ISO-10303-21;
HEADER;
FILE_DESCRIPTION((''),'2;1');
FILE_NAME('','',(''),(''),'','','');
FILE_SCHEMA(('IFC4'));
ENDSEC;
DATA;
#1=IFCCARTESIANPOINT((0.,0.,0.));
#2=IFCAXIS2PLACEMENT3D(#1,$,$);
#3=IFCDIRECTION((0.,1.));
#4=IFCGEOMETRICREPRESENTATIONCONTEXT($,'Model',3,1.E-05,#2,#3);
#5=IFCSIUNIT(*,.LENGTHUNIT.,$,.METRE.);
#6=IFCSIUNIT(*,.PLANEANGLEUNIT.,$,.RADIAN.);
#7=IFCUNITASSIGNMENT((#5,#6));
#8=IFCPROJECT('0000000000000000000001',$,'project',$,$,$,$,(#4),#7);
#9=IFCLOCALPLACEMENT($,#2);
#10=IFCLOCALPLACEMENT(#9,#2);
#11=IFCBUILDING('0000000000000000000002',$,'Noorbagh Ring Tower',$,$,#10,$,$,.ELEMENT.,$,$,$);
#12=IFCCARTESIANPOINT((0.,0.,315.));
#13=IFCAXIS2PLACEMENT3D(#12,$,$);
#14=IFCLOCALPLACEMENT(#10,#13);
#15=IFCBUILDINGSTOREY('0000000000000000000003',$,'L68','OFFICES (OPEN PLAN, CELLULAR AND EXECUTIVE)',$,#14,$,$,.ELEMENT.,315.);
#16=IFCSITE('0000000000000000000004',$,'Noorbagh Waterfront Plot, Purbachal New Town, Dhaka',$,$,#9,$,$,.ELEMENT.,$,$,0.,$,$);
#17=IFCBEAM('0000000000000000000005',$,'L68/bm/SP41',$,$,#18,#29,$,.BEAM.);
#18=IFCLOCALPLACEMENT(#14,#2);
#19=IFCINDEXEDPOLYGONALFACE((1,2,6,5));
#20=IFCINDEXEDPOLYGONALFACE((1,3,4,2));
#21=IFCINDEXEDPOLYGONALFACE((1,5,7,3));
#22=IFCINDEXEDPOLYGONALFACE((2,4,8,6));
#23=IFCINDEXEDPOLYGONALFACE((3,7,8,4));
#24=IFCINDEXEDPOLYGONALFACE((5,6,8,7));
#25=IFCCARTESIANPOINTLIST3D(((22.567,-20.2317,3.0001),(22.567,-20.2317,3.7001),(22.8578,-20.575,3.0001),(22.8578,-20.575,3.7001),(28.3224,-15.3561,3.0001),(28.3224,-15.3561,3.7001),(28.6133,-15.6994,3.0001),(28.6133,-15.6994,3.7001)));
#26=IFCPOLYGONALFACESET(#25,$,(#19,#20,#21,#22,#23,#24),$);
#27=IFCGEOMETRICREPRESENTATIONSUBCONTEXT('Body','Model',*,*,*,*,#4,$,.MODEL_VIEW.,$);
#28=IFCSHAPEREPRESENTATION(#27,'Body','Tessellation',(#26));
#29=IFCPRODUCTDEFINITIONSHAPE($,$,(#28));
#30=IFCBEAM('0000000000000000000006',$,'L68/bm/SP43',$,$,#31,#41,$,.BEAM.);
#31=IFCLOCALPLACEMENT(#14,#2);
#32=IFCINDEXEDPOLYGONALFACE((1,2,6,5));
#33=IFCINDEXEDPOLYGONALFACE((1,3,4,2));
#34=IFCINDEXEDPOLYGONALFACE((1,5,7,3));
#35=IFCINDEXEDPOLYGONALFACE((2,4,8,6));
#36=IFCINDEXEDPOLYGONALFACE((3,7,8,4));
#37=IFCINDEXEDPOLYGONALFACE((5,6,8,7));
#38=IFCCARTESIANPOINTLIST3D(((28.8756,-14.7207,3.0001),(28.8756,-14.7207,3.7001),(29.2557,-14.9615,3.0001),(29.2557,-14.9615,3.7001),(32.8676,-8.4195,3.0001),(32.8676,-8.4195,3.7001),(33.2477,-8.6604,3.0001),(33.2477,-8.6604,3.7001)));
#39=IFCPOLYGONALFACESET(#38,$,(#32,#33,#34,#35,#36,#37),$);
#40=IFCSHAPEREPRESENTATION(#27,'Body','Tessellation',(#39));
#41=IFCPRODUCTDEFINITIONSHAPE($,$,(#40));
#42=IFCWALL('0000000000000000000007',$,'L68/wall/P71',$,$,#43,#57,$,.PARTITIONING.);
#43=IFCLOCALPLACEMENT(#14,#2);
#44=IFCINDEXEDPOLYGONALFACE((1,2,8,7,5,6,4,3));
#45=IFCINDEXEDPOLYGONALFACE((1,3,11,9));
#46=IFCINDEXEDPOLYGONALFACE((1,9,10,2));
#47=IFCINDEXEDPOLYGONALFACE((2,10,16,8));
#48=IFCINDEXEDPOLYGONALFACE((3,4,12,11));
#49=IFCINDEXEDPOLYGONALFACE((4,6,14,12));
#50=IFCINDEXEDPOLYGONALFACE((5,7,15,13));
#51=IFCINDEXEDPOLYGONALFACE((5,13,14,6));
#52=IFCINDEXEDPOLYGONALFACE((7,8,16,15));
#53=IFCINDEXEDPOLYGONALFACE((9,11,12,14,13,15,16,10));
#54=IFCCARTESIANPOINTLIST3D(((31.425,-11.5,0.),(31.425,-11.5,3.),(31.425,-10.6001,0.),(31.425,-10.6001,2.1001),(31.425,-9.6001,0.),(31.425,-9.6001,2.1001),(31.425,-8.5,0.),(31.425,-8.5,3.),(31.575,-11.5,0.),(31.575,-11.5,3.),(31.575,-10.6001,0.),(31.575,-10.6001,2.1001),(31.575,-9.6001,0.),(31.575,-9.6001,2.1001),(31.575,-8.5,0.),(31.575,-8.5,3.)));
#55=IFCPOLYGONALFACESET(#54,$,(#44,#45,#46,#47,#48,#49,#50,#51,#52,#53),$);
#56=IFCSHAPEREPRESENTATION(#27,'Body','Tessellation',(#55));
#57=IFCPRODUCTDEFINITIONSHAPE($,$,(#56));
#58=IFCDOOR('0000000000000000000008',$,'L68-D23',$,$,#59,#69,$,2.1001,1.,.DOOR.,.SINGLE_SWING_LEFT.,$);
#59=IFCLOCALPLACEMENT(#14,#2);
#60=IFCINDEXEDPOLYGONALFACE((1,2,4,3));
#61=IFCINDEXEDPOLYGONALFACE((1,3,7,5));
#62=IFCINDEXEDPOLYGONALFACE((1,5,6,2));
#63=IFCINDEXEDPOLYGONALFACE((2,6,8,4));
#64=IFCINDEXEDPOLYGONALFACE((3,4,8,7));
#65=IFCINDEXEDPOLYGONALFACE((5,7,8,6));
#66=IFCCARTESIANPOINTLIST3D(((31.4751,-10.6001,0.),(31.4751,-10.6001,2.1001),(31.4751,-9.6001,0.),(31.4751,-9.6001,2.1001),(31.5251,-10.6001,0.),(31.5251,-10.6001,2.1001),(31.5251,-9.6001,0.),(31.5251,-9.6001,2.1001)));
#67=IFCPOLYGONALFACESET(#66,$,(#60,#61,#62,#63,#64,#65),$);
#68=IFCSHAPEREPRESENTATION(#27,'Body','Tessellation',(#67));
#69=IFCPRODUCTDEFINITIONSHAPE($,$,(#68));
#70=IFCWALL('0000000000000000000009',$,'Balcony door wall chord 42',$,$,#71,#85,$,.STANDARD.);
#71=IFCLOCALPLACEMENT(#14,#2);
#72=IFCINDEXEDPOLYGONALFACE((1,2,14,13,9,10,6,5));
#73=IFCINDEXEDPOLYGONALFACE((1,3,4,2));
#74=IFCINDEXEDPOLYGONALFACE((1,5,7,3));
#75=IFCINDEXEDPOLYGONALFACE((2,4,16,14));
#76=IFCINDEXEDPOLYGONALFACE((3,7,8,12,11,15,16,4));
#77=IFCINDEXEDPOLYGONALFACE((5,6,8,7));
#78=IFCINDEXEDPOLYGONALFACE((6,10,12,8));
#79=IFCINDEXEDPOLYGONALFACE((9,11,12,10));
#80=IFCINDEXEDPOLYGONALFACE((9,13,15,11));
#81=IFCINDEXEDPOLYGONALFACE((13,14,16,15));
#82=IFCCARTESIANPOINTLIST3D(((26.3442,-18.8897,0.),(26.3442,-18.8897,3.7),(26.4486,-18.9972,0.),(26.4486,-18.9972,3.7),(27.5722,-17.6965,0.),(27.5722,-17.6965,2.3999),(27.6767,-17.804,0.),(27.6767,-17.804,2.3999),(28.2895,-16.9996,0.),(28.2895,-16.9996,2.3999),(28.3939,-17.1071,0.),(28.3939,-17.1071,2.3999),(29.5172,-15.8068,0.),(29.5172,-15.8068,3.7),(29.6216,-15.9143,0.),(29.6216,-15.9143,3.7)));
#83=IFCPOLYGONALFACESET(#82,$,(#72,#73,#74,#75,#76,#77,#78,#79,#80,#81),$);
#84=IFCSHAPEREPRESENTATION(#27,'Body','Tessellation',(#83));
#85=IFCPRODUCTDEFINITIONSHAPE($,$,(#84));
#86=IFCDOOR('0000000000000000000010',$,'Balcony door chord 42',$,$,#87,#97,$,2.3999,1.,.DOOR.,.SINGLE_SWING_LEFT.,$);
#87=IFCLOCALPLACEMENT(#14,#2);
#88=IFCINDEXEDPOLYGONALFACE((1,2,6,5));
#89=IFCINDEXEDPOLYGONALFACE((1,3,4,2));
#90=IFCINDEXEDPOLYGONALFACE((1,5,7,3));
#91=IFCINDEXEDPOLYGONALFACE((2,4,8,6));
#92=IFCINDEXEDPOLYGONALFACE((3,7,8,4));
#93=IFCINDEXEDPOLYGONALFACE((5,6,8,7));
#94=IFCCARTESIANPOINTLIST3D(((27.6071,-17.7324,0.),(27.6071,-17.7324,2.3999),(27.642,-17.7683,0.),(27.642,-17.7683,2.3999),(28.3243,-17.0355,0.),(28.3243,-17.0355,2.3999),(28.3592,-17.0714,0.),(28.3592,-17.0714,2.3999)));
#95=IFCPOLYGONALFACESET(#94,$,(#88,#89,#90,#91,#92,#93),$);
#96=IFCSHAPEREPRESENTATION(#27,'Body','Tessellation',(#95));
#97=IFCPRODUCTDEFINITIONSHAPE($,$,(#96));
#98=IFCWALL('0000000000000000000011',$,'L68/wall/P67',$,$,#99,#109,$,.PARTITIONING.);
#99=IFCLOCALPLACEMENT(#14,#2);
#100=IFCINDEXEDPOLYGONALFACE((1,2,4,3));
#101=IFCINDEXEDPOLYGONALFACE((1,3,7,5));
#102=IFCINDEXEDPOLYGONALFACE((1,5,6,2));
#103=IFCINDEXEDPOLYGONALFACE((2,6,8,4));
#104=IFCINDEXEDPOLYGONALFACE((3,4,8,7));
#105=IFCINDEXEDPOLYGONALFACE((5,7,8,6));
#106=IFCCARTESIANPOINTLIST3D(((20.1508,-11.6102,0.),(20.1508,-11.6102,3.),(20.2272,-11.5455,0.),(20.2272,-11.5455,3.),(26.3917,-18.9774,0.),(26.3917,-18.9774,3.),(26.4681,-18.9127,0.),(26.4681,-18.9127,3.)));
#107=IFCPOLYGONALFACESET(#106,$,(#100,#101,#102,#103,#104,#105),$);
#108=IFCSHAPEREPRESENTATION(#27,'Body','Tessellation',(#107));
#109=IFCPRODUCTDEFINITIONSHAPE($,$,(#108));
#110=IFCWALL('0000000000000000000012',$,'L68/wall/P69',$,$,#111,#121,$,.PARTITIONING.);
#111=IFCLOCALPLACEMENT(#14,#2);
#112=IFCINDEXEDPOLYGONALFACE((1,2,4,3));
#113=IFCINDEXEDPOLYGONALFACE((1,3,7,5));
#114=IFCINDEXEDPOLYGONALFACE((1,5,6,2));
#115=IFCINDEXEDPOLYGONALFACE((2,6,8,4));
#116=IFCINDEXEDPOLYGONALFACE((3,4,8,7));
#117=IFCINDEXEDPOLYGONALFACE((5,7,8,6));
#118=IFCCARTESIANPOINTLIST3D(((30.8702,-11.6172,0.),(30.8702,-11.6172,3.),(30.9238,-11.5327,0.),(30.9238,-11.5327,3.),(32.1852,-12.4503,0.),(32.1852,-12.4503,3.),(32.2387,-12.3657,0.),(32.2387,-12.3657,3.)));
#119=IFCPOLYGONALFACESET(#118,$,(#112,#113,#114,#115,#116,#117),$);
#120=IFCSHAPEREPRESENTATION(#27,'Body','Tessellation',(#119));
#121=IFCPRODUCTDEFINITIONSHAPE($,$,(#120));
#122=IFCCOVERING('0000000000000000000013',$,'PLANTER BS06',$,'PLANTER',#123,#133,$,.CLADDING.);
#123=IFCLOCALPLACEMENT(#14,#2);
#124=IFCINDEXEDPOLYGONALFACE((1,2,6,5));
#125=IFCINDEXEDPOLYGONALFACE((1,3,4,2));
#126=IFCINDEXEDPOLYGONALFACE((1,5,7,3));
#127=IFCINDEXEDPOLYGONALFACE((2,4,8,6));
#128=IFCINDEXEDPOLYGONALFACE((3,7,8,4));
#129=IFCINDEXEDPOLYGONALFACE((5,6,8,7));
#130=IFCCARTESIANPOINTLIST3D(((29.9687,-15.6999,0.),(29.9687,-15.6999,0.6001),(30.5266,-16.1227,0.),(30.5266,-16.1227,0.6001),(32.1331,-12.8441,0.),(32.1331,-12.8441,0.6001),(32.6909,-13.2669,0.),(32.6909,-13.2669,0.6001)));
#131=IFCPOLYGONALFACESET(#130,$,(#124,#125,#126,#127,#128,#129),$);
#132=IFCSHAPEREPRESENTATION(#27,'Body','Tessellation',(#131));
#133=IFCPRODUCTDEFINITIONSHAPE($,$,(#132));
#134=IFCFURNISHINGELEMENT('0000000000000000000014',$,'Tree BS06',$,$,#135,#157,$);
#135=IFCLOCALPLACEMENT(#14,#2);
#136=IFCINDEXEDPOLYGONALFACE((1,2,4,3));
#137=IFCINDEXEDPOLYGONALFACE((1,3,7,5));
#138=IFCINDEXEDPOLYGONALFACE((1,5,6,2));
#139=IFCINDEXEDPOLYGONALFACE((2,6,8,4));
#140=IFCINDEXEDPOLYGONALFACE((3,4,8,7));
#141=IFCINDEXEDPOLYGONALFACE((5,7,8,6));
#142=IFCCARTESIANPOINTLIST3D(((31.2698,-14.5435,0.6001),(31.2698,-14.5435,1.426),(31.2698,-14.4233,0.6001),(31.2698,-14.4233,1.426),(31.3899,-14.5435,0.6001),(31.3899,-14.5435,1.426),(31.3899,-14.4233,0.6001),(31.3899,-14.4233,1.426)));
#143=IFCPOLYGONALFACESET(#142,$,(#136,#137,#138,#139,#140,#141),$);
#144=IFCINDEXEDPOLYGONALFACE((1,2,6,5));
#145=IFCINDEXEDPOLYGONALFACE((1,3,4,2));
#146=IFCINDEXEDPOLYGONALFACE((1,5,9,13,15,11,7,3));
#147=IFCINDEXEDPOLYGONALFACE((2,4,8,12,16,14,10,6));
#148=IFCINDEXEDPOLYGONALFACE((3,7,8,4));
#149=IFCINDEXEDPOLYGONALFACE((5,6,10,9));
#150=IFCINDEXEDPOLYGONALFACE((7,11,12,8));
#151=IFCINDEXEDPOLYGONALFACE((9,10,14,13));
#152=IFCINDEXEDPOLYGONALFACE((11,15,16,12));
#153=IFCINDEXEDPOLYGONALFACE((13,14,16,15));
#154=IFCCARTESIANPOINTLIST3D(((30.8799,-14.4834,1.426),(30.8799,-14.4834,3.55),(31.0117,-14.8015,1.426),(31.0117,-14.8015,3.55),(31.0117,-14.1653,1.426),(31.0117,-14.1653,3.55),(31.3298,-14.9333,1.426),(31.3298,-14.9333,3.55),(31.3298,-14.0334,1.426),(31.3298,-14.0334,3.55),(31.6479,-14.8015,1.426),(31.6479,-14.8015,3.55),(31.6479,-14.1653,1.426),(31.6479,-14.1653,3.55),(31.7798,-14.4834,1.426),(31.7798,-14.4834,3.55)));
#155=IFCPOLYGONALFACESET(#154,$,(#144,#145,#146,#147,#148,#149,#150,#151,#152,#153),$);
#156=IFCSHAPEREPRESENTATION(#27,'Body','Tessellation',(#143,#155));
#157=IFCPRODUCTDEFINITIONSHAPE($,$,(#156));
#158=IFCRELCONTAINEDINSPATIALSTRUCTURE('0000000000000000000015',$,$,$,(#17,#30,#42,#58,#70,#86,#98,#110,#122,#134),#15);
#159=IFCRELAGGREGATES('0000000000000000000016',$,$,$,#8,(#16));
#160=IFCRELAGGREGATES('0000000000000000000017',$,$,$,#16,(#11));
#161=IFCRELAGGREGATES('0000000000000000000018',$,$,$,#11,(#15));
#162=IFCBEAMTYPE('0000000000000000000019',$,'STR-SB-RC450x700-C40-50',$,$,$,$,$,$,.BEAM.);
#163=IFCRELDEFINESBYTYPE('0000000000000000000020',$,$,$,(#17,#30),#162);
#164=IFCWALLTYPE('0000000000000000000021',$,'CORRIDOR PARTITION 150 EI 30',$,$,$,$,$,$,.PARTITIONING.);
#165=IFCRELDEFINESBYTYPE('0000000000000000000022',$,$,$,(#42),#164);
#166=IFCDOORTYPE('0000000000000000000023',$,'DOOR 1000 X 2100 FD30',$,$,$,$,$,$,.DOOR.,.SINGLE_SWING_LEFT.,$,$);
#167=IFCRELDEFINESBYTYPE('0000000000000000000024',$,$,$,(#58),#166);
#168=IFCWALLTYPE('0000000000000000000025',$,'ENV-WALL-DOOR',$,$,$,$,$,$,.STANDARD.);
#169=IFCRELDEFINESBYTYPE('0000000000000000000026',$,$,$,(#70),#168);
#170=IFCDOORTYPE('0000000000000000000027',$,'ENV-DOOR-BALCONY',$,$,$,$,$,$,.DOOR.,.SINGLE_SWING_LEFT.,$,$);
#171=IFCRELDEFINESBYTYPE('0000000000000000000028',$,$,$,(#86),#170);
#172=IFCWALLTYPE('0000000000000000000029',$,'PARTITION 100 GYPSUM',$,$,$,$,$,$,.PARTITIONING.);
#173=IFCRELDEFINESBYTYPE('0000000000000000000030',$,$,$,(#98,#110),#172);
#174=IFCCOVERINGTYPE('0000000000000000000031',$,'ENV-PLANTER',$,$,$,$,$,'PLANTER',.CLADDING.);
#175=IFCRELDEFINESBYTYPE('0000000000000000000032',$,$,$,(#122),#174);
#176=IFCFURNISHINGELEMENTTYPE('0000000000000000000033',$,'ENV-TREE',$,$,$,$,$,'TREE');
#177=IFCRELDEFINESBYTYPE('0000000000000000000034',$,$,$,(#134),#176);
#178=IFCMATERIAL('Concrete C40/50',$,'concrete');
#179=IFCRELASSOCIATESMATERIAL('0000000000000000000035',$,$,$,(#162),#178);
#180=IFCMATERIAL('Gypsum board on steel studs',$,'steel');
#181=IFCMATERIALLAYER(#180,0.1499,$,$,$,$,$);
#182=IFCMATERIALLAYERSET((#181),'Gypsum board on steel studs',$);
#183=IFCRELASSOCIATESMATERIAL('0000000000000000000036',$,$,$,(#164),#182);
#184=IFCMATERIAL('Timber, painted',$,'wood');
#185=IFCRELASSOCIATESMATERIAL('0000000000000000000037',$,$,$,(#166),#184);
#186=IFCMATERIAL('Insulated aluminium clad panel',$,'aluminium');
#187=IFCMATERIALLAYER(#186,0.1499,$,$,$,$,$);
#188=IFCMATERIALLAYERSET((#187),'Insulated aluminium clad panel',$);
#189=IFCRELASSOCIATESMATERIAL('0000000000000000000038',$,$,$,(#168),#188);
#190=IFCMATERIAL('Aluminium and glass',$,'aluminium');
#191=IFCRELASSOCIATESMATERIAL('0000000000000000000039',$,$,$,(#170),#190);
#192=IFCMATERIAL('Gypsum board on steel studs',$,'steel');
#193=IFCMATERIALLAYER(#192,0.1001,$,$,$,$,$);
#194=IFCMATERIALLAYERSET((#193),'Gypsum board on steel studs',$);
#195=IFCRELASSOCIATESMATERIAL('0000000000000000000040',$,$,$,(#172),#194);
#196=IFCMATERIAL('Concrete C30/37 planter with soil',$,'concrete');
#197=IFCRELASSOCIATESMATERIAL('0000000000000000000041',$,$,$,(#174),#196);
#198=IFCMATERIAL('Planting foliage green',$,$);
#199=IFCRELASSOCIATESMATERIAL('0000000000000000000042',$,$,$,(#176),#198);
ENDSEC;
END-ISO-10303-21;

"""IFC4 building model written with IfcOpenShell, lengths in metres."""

from ifc_helpers import new_model, si_unit, direction, frame, frame_2d, origin, origin_2d, place, context, subcontext, project, spatial, polyline, rectangle, outline, extrude, material, layer, layer_set, material_profile, profile_set, type_object, element, fill, save


model = new_model("IFC4")

# Units and contexts
model_context = context("Model", 3, precision=1e-05, world=origin(), true_north=direction((0.0, 1.0)))
body_context = subcontext(model_context, "Body", "Model", "MODEL_VIEW")
ifc_project = project(units=[si_unit("LENGTHUNIT", "METRE"), si_unit("PLANEANGLEUNIT", "RADIAN")], contexts=[model_context])

# Site, building, storey
site_placement = place(None, origin())
site = spatial("IfcSite", under=ifc_project, at=site_placement, Name="Noorbagh Waterfront Plot, Purbachal New Town, Dhaka", CompositionType="ELEMENT", RefElevation=0.0)
building_placement = place(site_placement, origin())
building = spatial("IfcBuilding", under=site, at=building_placement, Name="Noorbagh Ring Tower", CompositionType="ELEMENT")
storey_placement = place(building_placement, frame((0.0, 0.0, 315.0)))
storey = spatial("IfcBuildingStorey", under=building, at=storey_placement, Name="L68", Description="OFFICES (OPEN PLAN, CELLULAR AND EXECUTIVE)", CompositionType="ELEMENT", Elevation=315.0)

# Beams
ifc_material_1 = material(Name="Concrete C40/50", Category="concrete")
ifc_material_profile_1 = material_profile(ifc_material_1, rectangle(XDim=0.45, YDim=0.7, at=origin_2d()), Name="RC450x700")
ifc_profile_set_1 = profile_set([ifc_material_profile_1], Name="Concrete C40/50")
beam_type_1 = type_object("IfcBeamType", Name="STR-SB-RC450x700-C40-50", PredefinedType="BEAM", material=ifc_profile_set_1)
beam_1_placement = place(storey_placement, frame((22.7124, -20.4033, 3.3501), z_axis=(0.763023, 0.646372, 0.0), x_axis=(-0.646372, 0.763023, 0.0)))
element("IfcBeam", 1, at=beam_1_placement, inside=storey, type_object=beam_type_1, Name="L68/bm/SP41", PredefinedType="BEAM", context=body_context, shape_type="SweptSolid", body=[
    extrude(rectangle(XDim=0.45, YDim=0.7, at=origin_2d()), origin(), (0.0, 0.0, 1.0), 7.543),
])
beam_2_placement = place(storey_placement, frame((29.0657, -14.8411, 3.3501), z_axis=(0.535176, 0.844741, 0.0), x_axis=(-0.844741, 0.535176, 0.0)))
element("IfcBeam", 2, at=beam_2_placement, inside=storey, type_object=beam_type_1, Name="L68/bm/SP43", PredefinedType="BEAM", context=body_context, shape_type="SweptSolid", body=[
    extrude(rectangle(XDim=0.45, YDim=0.7, at=origin_2d()), origin(), (0.0, 0.0, 1.0), 7.4592),
])

# Walls, openings, doors
ifc_material_2 = material(Name="Gypsum board on steel studs", Category="steel")
ifc_layer_1 = layer(ifc_material_2, 0.1499)
ifc_layer_set_1 = layer_set([ifc_layer_1], Name="Gypsum board on steel studs")
wall_type_1 = type_object("IfcWallType", Name="CORRIDOR PARTITION 150 EI 30", PredefinedType="PARTITIONING", material=ifc_layer_set_1)
wall_1_placement = place(storey_placement, frame((31.5, -11.5, 0.0), z_axis=(0.0, 0.0, 1.0), x_axis=(0.0, 1.0, 0.0)))
wall_1 = element("IfcWall", 3, at=wall_1_placement, inside=storey, type_object=wall_type_1, Name="L68/wall/P71", PredefinedType="PARTITIONING", context=body_context, shape_type="SweptSolid", body=[
    extrude(rectangle(XDim=3.0, YDim=0.1499, at=frame_2d((1.5, 0.0))), origin(), (0.0, 0.0, 1.0), 3.0),
])
opening_1_placement = place(wall_1_placement, frame((0.8999, 0.0, 0.0)))
opening_1 = element("IfcOpeningElement", 4, at=opening_1_placement, cuts=wall_1, PredefinedType="OPENING", context=body_context, shape_type="SweptSolid", body=[
    extrude(rectangle(XDim=1.0, YDim=2.1001, at=frame_2d((0.5, 1.05))), frame((0.0, 0.085, 0.0), z_axis=(0.0, -1.0, 0.0), x_axis=(1.0, 0.0, 0.0)), (0.0, 0.0, 1.0), 0.1699),
])
ifc_material_3 = material(Name="Timber, painted", Category="wood")
door_type_1 = type_object("IfcDoorType", Name="DOOR 1000 X 2100 FD30", OperationType="SINGLE_SWING_LEFT", PredefinedType="DOOR", material=ifc_material_3)
door_1_placement = place(opening_1_placement, origin())
door_1 = element("IfcDoor", 5, at=door_1_placement, inside=storey, type_object=door_type_1, Name="L68-D23", OperationType="SINGLE_SWING_LEFT", OverallHeight=2.1001, OverallWidth=1.0, PredefinedType="DOOR", context=body_context, shape_type="SweptSolid", body=[
    extrude(rectangle(XDim=1.0, YDim=2.1001, at=frame_2d((0.5, 1.05))), frame((0.0, 0.0249, 0.0), z_axis=(0.0, -1.0, 0.0), x_axis=(1.0, 0.0, 0.0)), (0.0, 0.0, 1.0), 0.05),
])
fill(opening_1, door_1)
ifc_material_4 = material(Name="Insulated aluminium clad panel", Category="aluminium")
ifc_layer_2 = layer(ifc_material_4, 0.1499)
ifc_layer_set_2 = layer_set([ifc_layer_2], Name="Insulated aluminium clad panel")
wall_type_2 = type_object("IfcWallType", Name="ENV-WALL-DOOR", PredefinedType="STANDARD", material=ifc_layer_set_2)
wall_2_placement = place(storey_placement, frame((26.3965, -18.9434, 0.0), z_axis=(0.0, 0.0, 1.0), x_axis=(0.717215, 0.696852, 0.0)))
wall_2 = element("IfcWall", 6, at=wall_2_placement, inside=storey, type_object=wall_type_2, Name="Balcony door wall chord 42", PredefinedType="STANDARD", context=body_context, shape_type="SweptSolid", body=[
    extrude(rectangle(XDim=4.4241, YDim=0.1499, at=frame_2d((2.2119, 0.0))), origin(), (0.0, 0.0, 1.0), 3.7),
])
opening_2_placement = place(wall_2_placement, frame((1.7122, 0.0, 0.0)))
opening_2 = element("IfcOpeningElement", 7, at=opening_2_placement, cuts=wall_2, PredefinedType="OPENING", context=body_context, shape_type="SweptSolid", body=[
    extrude(rectangle(XDim=1.0, YDim=2.3999, at=frame_2d((0.5, 1.2))), frame((0.0, 0.085, 0.0), z_axis=(0.0, -1.0, 0.0), x_axis=(1.0, 0.0, 0.0)), (0.0, 0.0, 1.0), 0.1699),
])
ifc_material_5 = material(Name="Aluminium and glass", Category="aluminium")
door_type_2 = type_object("IfcDoorType", Name="ENV-DOOR-BALCONY", OperationType="SINGLE_SWING_LEFT", PredefinedType="DOOR", material=ifc_material_5)
door_2_placement = place(opening_2_placement, origin())
door_2 = element("IfcDoor", 8, at=door_2_placement, inside=storey, type_object=door_type_2, Name="Balcony door chord 42", OperationType="SINGLE_SWING_LEFT", OverallHeight=2.3999, OverallWidth=1.0, PredefinedType="DOOR", context=body_context, shape_type="SweptSolid", body=[
    extrude(rectangle(XDim=1.0, YDim=2.3999, at=frame_2d((0.5, 1.2))), frame((0.0, 0.0249, 0.0), z_axis=(0.0, -1.0, 0.0), x_axis=(1.0, 0.0, 0.0)), (0.0, 0.0, 1.0), 0.05),
])
fill(opening_2, door_2)

# Walls
ifc_material_6 = material(Name="Gypsum board on steel studs", Category="steel")
ifc_layer_3 = layer(ifc_material_6, 0.1001)
ifc_layer_set_3 = layer_set([ifc_layer_3], Name="Gypsum board on steel studs")
wall_type_3 = type_object("IfcWallType", Name="PARTITION 100 GYPSUM", PredefinedType="PARTITIONING", material=ifc_layer_set_3)
wall_3_placement = place(storey_placement, frame((20.189, -11.5779, 0.0), z_axis=(0.0, 0.0, 1.0), x_axis=(0.646376, -0.763019, 0.0)))
element("IfcWall", 9, at=wall_3_placement, inside=storey, type_object=wall_type_3, Name="L68/wall/P67", PredefinedType="PARTITIONING", context=body_context, shape_type="SweptSolid", body=[
    extrude(rectangle(XDim=9.6553, YDim=0.1001, at=frame_2d((4.8276, 0.0))), origin(), (0.0, 0.0, 1.0), 3.0),
])
wall_4_placement = place(storey_placement, frame((30.897, -11.575, 0.0), z_axis=(0.0, 0.0, 1.0), x_axis=(0.844758, -0.535149, 0.0)))
element("IfcWall", 10, at=wall_4_placement, inside=storey, type_object=wall_type_3, Name="L68/wall/P69", PredefinedType="PARTITIONING", context=body_context, shape_type="SweptSolid", body=[
    extrude(rectangle(XDim=1.5566, YDim=0.1001, at=frame_2d((0.7783, 0.0))), origin(), (0.0, 0.0, 1.0), 3.0),
])

# Covering
ifc_material_7 = material(Name="Concrete C30/37 planter with soil", Category="concrete")
covering_type = type_object("IfcCoveringType", Name="ENV-PLANTER", ElementType="PLANTER", PredefinedType="CLADDING", material=ifc_material_7)
covering_placement = place(storey_placement, frame((31.3298, -14.4834, 0.0), z_axis=(0.0, 0.0, 1.0), x_axis=(0.60402, 0.796969, 0.0)))
element("IfcCovering", 11, at=covering_placement, inside=storey, type_object=covering_type, Name="PLANTER BS06", ObjectType="PLANTER", PredefinedType="CLADDING", context=body_context, shape_type="SweptSolid", body=[
    extrude(rectangle(XDim=3.5833, YDim=0.7, at=origin_2d()), origin(), (0.0, 0.0, 1.0), 0.6001),
])

# Furnishing element
ifc_material_8 = material(Name="Planting foliage green")
furnishing_element_type = type_object("IfcFurnishingElementType", Name="ENV-TREE", ElementType="TREE", material=ifc_material_8)
furnishing_placement = place(storey_placement, frame((31.3298, -14.4834, 0.6001), z_axis=(0.0, 0.0, 1.0), x_axis=(1.0, 0.0, 0.0)))
element("IfcFurnishingElement", 12, at=furnishing_placement, inside=storey, type_object=furnishing_element_type, Name="Tree BS06", context=body_context, shape_type="SweptSolid", body=[
    extrude(rectangle(XDim=0.1201, YDim=0.1201, at=origin_2d()), origin(), (0.0, 0.0, 1.0), 0.8259),
    extrude(outline(polyline([(0.45, 0.0), (0.3181, 0.3181), (0.0, 0.45), (-0.3181, 0.3181), (-0.45, 0.0), (-0.3181, -0.3181), (0.0, -0.45), (0.3181, -0.3181), (0.45, 0.0)])), frame((0.0, 0.0, 0.8259)), (0.0, 0.0, 1.0), 2.124),
])

save(model, "model.ifc")
